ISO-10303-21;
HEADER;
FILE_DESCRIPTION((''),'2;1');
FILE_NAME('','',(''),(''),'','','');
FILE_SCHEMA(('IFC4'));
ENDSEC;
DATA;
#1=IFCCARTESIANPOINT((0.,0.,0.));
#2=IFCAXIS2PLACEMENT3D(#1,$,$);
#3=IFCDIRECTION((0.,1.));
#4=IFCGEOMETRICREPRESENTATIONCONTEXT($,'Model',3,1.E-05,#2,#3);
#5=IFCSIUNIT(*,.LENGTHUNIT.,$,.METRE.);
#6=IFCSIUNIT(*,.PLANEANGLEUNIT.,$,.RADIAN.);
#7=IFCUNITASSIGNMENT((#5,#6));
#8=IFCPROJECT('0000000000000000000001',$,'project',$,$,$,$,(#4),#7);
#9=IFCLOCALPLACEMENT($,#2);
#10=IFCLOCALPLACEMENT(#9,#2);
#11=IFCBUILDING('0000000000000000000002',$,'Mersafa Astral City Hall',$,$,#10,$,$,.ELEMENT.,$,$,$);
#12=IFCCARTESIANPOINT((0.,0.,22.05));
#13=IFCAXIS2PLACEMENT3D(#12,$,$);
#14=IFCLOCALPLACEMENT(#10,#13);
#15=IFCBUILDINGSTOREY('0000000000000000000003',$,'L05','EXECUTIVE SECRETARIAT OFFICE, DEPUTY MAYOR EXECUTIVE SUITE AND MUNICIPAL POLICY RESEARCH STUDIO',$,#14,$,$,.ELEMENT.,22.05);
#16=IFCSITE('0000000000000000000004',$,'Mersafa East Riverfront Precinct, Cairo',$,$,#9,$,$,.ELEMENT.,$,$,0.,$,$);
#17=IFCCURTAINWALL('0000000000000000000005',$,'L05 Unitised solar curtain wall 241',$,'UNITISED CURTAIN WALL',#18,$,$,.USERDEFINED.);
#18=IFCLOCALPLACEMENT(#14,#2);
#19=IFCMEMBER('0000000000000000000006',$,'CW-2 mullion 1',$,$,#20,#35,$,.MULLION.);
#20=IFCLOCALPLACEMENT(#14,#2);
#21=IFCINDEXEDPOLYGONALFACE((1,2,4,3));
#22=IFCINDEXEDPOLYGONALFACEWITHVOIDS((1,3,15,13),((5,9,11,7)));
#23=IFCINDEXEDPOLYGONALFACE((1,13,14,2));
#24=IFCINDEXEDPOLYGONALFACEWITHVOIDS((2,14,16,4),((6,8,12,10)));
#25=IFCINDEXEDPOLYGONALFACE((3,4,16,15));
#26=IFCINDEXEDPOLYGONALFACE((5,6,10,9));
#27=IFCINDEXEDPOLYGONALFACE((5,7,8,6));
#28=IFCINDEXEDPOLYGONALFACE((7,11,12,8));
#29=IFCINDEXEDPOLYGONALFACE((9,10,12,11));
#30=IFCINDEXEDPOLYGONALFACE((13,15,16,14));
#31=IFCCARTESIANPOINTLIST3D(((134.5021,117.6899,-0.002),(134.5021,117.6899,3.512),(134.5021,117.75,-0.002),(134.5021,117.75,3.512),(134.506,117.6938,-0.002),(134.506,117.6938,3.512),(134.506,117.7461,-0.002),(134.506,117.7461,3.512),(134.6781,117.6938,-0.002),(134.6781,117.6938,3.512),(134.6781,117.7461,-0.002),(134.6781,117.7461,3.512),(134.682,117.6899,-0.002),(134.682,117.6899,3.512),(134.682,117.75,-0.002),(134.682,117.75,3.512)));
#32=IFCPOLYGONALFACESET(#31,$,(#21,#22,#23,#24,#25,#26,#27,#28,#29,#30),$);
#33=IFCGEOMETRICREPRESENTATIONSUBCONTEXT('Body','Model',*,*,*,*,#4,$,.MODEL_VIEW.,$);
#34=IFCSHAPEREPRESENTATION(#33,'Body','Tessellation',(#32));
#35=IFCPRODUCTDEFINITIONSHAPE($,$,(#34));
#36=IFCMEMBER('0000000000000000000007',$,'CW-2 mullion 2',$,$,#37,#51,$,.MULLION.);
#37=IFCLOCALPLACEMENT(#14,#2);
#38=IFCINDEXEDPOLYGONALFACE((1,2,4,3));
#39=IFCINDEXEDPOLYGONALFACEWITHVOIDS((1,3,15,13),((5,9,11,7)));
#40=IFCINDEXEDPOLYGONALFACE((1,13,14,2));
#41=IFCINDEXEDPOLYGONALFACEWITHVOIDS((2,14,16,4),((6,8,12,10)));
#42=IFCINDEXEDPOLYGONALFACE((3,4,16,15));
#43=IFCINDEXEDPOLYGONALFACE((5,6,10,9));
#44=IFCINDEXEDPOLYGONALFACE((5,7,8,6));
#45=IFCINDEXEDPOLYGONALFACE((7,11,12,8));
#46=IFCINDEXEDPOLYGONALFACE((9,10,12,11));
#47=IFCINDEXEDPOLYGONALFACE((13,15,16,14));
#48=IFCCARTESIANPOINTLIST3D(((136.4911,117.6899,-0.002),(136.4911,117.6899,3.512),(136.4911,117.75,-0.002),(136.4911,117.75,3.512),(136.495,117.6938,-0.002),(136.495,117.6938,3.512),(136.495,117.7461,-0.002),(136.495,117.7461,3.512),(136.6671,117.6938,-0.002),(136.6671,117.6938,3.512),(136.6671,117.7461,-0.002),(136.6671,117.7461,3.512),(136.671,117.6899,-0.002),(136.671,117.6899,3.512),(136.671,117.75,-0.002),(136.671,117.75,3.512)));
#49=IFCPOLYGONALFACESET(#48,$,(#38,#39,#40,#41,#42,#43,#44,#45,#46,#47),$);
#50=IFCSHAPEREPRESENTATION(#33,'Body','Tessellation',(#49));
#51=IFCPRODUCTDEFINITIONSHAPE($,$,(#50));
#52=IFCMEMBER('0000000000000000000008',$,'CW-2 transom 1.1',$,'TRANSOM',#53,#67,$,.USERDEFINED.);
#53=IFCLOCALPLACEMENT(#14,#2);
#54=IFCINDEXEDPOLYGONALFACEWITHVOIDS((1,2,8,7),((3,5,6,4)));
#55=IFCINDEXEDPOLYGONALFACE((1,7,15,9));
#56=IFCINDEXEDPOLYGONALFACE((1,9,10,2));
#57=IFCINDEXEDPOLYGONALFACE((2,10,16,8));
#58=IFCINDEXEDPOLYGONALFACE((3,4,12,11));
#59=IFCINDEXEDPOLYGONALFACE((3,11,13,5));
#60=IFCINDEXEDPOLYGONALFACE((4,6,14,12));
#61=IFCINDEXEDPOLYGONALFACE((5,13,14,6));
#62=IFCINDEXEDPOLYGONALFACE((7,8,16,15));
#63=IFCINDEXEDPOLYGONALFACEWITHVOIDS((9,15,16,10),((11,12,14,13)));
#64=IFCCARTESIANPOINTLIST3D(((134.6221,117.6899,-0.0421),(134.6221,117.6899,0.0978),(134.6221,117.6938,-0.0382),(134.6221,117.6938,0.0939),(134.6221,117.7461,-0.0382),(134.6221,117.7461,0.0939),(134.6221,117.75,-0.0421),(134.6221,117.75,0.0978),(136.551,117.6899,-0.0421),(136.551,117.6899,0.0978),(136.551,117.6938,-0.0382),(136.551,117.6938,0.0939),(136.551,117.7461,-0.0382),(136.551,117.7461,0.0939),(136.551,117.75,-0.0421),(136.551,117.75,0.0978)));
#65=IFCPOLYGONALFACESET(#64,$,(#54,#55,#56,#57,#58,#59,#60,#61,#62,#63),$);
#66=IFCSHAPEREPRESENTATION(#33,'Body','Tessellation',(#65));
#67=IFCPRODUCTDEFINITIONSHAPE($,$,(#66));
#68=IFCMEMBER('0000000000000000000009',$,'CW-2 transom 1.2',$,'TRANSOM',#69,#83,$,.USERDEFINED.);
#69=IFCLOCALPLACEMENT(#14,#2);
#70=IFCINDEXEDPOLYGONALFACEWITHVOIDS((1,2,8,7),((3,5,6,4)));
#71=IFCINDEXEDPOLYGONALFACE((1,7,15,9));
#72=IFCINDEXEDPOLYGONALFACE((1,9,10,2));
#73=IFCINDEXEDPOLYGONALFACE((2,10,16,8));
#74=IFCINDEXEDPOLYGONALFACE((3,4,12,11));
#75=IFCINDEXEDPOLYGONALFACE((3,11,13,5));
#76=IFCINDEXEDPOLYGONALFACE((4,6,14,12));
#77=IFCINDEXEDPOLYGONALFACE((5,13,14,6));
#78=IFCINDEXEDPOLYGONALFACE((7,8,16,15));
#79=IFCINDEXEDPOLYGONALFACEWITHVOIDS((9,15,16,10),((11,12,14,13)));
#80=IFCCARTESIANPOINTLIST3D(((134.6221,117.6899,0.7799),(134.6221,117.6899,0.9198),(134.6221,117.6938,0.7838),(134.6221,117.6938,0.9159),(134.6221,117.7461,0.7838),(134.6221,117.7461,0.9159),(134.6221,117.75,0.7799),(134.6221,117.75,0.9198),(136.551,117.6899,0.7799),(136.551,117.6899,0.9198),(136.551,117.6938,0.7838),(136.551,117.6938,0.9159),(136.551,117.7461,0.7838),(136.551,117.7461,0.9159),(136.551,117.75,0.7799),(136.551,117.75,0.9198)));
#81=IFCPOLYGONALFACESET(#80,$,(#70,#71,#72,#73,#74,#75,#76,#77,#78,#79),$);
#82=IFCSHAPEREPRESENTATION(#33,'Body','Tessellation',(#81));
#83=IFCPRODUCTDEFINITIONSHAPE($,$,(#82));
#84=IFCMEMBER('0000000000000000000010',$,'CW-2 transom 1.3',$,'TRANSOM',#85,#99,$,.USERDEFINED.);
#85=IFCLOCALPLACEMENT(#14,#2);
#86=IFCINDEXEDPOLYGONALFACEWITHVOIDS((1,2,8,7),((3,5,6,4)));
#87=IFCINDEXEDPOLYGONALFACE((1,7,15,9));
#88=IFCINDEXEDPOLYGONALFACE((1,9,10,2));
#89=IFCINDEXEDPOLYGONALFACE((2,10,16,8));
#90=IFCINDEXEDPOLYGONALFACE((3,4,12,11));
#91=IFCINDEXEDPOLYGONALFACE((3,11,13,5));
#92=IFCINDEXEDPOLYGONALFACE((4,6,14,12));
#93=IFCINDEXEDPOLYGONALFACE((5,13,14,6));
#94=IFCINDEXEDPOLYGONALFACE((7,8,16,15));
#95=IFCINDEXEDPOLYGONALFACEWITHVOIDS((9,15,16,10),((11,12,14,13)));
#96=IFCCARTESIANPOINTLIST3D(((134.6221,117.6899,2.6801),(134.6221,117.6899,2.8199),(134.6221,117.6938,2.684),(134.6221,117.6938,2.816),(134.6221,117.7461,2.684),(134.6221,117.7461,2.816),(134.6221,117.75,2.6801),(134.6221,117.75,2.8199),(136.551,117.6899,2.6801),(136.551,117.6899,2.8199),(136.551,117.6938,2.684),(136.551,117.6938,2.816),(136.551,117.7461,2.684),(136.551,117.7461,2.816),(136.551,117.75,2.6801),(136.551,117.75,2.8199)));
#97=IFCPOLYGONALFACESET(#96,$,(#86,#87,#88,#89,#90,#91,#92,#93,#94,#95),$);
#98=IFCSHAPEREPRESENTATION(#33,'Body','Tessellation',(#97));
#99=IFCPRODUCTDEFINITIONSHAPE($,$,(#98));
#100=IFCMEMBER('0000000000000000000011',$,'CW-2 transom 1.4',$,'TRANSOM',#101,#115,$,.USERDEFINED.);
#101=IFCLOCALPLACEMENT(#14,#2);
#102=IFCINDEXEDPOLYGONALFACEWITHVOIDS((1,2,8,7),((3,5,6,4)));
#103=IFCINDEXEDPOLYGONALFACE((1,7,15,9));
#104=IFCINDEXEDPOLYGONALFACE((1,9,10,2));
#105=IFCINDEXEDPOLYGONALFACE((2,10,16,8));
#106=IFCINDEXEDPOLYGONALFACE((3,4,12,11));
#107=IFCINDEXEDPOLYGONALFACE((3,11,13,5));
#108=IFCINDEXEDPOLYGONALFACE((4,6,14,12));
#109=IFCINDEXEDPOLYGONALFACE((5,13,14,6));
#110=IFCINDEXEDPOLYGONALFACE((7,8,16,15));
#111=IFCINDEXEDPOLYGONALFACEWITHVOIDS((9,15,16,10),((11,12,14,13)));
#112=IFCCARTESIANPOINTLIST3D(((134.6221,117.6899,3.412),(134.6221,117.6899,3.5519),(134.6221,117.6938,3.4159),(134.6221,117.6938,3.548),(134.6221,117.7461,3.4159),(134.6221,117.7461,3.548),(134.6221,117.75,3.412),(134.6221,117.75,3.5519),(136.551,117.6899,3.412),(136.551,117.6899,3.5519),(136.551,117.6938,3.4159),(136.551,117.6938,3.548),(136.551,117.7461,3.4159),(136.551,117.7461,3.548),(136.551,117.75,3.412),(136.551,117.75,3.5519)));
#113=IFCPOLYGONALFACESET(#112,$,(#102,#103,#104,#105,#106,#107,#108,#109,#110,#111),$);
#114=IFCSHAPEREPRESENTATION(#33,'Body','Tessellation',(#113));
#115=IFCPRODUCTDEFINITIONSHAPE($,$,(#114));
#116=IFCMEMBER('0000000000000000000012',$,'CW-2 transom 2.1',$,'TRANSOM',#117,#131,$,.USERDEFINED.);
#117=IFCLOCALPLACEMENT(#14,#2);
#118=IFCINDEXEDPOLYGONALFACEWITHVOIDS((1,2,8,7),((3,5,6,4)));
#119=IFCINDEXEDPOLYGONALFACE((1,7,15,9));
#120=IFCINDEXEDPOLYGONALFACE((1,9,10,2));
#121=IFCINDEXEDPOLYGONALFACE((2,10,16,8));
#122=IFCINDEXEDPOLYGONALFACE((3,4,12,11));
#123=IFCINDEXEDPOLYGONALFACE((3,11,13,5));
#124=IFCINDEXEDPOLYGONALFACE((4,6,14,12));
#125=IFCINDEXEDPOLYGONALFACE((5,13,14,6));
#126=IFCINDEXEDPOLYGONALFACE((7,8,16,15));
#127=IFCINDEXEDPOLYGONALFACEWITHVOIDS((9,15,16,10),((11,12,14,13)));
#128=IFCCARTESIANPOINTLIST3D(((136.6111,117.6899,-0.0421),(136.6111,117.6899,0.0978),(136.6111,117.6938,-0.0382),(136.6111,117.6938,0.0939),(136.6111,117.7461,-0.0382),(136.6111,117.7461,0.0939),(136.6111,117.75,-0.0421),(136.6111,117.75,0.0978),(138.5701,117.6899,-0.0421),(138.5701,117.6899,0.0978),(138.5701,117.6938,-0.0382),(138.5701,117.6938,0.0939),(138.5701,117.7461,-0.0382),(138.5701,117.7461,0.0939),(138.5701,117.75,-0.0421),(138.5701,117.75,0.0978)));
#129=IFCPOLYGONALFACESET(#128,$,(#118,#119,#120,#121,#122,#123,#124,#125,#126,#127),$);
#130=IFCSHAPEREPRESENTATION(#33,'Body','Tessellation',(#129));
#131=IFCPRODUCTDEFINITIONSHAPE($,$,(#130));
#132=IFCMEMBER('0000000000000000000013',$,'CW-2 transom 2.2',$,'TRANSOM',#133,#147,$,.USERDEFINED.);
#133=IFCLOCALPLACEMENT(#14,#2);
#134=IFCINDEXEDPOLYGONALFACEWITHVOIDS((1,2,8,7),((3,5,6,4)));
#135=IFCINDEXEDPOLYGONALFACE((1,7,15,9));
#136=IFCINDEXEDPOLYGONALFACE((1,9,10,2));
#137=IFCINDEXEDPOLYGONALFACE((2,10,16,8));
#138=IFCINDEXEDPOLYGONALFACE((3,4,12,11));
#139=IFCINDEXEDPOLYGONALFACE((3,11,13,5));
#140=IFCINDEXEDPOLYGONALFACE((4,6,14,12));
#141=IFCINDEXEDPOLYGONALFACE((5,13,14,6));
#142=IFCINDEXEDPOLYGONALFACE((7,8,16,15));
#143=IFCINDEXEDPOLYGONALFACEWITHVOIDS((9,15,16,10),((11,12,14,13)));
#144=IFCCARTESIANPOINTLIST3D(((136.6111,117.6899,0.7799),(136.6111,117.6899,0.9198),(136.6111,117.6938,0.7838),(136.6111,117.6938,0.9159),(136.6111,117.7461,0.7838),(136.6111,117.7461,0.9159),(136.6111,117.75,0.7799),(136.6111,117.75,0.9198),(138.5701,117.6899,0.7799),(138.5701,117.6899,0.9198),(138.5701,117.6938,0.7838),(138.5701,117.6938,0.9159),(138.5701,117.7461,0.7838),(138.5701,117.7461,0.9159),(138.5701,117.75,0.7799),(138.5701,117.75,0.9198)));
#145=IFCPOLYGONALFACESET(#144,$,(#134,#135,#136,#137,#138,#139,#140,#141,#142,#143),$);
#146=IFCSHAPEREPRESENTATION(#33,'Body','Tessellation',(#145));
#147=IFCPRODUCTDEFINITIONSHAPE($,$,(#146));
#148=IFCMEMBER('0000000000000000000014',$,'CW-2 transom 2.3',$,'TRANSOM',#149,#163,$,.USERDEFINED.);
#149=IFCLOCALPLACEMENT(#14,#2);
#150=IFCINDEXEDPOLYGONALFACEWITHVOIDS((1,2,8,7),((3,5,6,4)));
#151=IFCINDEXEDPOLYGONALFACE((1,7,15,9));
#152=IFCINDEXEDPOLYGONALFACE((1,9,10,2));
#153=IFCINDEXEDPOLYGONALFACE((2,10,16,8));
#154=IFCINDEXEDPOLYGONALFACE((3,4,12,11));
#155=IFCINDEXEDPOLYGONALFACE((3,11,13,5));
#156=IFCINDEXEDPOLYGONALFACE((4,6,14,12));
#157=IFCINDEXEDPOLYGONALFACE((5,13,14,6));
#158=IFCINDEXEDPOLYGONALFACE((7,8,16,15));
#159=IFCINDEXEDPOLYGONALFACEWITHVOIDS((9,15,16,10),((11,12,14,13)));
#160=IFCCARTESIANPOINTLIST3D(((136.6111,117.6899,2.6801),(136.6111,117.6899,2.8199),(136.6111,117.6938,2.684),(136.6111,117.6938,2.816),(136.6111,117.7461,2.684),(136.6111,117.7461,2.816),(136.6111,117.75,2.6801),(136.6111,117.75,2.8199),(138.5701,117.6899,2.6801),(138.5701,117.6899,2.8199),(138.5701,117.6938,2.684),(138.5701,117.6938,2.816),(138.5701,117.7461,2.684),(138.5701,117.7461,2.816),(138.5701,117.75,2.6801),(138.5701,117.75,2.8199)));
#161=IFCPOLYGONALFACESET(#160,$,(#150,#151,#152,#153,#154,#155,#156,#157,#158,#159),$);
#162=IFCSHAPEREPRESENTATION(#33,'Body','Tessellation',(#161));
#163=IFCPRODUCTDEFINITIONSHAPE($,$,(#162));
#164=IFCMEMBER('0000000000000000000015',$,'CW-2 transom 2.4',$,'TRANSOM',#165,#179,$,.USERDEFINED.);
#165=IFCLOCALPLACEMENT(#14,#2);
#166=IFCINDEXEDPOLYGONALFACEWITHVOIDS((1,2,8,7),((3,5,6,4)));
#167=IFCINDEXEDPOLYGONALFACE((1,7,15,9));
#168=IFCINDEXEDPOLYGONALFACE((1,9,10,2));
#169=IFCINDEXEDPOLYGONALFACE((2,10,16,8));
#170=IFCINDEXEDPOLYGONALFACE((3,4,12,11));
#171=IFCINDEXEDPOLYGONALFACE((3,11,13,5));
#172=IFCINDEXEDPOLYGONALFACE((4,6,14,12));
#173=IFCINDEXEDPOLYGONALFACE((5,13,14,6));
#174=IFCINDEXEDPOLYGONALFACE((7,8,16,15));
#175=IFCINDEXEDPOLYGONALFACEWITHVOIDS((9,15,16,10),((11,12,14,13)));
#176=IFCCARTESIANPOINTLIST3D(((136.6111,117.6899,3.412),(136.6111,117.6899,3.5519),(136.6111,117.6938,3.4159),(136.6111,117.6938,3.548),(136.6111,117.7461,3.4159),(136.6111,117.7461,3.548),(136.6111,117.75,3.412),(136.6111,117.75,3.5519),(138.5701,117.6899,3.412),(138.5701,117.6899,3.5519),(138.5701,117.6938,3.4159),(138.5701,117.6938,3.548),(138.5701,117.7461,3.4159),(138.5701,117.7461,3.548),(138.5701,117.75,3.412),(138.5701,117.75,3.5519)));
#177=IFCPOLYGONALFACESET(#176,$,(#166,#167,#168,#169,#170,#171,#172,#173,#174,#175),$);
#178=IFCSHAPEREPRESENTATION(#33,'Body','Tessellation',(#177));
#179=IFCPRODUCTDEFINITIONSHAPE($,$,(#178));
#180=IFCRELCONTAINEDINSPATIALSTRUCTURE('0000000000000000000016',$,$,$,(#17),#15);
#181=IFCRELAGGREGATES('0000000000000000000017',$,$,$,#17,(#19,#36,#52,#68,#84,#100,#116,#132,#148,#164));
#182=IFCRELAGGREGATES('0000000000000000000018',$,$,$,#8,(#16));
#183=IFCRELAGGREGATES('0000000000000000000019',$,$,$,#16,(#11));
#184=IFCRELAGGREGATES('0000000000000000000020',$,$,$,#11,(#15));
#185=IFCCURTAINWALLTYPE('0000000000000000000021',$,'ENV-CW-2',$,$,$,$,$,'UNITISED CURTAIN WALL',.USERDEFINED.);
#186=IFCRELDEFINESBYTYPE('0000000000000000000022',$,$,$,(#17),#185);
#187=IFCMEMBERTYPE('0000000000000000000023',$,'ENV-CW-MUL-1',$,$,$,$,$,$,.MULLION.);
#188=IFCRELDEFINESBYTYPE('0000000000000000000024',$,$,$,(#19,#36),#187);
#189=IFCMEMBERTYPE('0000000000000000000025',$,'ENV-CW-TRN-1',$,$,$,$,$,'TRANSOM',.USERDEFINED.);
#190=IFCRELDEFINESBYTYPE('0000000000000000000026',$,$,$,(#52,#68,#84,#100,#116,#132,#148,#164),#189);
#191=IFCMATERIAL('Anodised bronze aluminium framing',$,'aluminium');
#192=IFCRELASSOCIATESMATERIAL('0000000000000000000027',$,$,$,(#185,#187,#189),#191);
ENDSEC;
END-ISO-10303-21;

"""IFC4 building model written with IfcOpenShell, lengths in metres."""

from ifc_helpers import new_model, si_unit, direction, frame, origin, origin_2d, place, context, subcontext, project, spatial, hollow_rectangle, extrude, material, material_profile, profile_set, type_object, element, aggregate, save


model = new_model("IFC4")

# Units and contexts
model_context = context("Model", 3, precision=1e-05, world=origin(), true_north=direction((0.0, 1.0)))
body_context = subcontext(model_context, "Body", "Model", "MODEL_VIEW")
ifc_project = project(units=[si_unit("LENGTHUNIT", "METRE"), si_unit("PLANEANGLEUNIT", "RADIAN")], contexts=[model_context])

# Site, building, storey
site_placement = place(None, origin())
site = spatial("IfcSite", under=ifc_project, at=site_placement, Name="Mersafa East Riverfront Precinct, Cairo", CompositionType="ELEMENT", RefElevation=0.0)
building_placement = place(site_placement, origin())
building = spatial("IfcBuilding", under=site, at=building_placement, Name="Mersafa Astral City Hall", CompositionType="ELEMENT")
storey_placement = place(building_placement, frame((0.0, 0.0, 22.05)))
storey = spatial("IfcBuildingStorey", under=building, at=storey_placement, Name="L05", Description="EXECUTIVE SECRETARIAT OFFICE, DEPUTY MAYOR EXECUTIVE SUITE AND MUNICIPAL POLICY RESEARCH STUDIO", CompositionType="ELEMENT", Elevation=22.05)

# Curtain wall, members
ifc_material_1 = material(Name="Anodised bronze aluminium framing", Category="aluminium")
curtain_wall_type = type_object("IfcCurtainWallType", Name="ENV-CW-2", ElementType="UNITISED CURTAIN WALL", PredefinedType="USERDEFINED", material=ifc_material_1)
curtain_wall_placement = place(storey_placement, origin())
curtain_wall = element("IfcCurtainWall", 1, at=curtain_wall_placement, inside=storey, type_object=curtain_wall_type, Name="L05 Unitised solar curtain wall 241", ObjectType="UNITISED CURTAIN WALL", PredefinedType="USERDEFINED")
ifc_material_profile_1 = material_profile(ifc_material_1, hollow_rectangle(XDim=0.0601, YDim=0.1799, WallThickness=0.0039, at=origin_2d()), Name="RHS 60x180x4")
ifc_profile_set_1 = profile_set([ifc_material_profile_1], Name="Anodised bronze aluminium framing")
member_type_1 = type_object("IfcMemberType", Name="ENV-CW-MUL-1", PredefinedType="MULLION", material=ifc_profile_set_1)
member_1_placement = place(storey_placement, frame((134.592, 117.72, -0.002), z_axis=(0.0, 0.0, 1.0), x_axis=(0.0, 1.0, 0.0)))
member_1 = element("IfcMember", 2, at=member_1_placement, type_object=member_type_1, Name="CW-2 mullion 1", PredefinedType="MULLION", context=body_context, shape_type="SweptSolid", body=[
    extrude(hollow_rectangle(XDim=0.0601, YDim=0.1799, WallThickness=0.0039, at=origin_2d()), origin(), (0.0, 0.0, 1.0), 3.5139),
])
member_2_placement = place(storey_placement, frame((136.5811, 117.72, -0.002), z_axis=(0.0, 0.0, 1.0), x_axis=(0.0, 1.0, 0.0)))
member_2 = element("IfcMember", 3, at=member_2_placement, type_object=member_type_1, Name="CW-2 mullion 2", PredefinedType="MULLION", context=body_context, shape_type="SweptSolid", body=[
    extrude(hollow_rectangle(XDim=0.0601, YDim=0.1799, WallThickness=0.0039, at=origin_2d()), origin(), (0.0, 0.0, 1.0), 3.5139),
])
ifc_material_profile_2 = material_profile(ifc_material_1, hollow_rectangle(XDim=0.0601, YDim=0.1399, WallThickness=0.0039, at=origin_2d()), Name="RHS 60x140x4")
ifc_profile_set_2 = profile_set([ifc_material_profile_2], Name="Anodised bronze aluminium framing")
member_type_2 = type_object("IfcMemberType", Name="ENV-CW-TRN-1", ElementType="TRANSOM", PredefinedType="USERDEFINED", material=ifc_profile_set_2)
member_3_placement = place(storey_placement, frame((134.6221, 117.72, 0.0278), z_axis=(1.0, 0.0, 0.0), x_axis=(0.0, 1.0, 0.0)))
member_3 = element("IfcMember", 4, at=member_3_placement, type_object=member_type_2, Name="CW-2 transom 1.1", ObjectType="TRANSOM", PredefinedType="USERDEFINED", context=body_context, shape_type="SweptSolid", body=[
    extrude(hollow_rectangle(XDim=0.0601, YDim=0.1399, WallThickness=0.0039, at=origin_2d()), origin(), (0.0, 0.0, 1.0), 1.929),
])
member_4_placement = place(storey_placement, frame((134.6221, 117.72, 0.8499), z_axis=(1.0, 0.0, 0.0), x_axis=(0.0, 1.0, 0.0)))
member_4 = element("IfcMember", 5, at=member_4_placement, type_object=member_type_2, Name="CW-2 transom 1.2", ObjectType="TRANSOM", PredefinedType="USERDEFINED", context=body_context, shape_type="SweptSolid", body=[
    extrude(hollow_rectangle(XDim=0.0601, YDim=0.1399, WallThickness=0.0039, at=origin_2d()), origin(), (0.0, 0.0, 1.0), 1.929),
])
member_5_placement = place(storey_placement, frame((134.6221, 117.72, 2.75), z_axis=(1.0, 0.0, 0.0), x_axis=(0.0, 1.0, 0.0)))
member_5 = element("IfcMember", 6, at=member_5_placement, type_object=member_type_2, Name="CW-2 transom 1.3", ObjectType="TRANSOM", PredefinedType="USERDEFINED", context=body_context, shape_type="SweptSolid", body=[
    extrude(hollow_rectangle(XDim=0.0601, YDim=0.1399, WallThickness=0.0039, at=origin_2d()), origin(), (0.0, 0.0, 1.0), 1.929),
])
member_6_placement = place(storey_placement, frame((134.6221, 117.72, 3.4819), z_axis=(1.0, 0.0, 0.0), x_axis=(0.0, 1.0, 0.0)))
member_6 = element("IfcMember", 7, at=member_6_placement, type_object=member_type_2, Name="CW-2 transom 1.4", ObjectType="TRANSOM", PredefinedType="USERDEFINED", context=body_context, shape_type="SweptSolid", body=[
    extrude(hollow_rectangle(XDim=0.0601, YDim=0.1399, WallThickness=0.0039, at=origin_2d()), origin(), (0.0, 0.0, 1.0), 1.929),
])
member_7_placement = place(storey_placement, frame((136.6111, 117.72, 0.0278), z_axis=(1.0, 0.0, 0.0), x_axis=(0.0, 1.0, 0.0)))
member_7 = element("IfcMember", 8, at=member_7_placement, type_object=member_type_2, Name="CW-2 transom 2.1", ObjectType="TRANSOM", PredefinedType="USERDEFINED", context=body_context, shape_type="SweptSolid", body=[
    extrude(hollow_rectangle(XDim=0.0601, YDim=0.1399, WallThickness=0.0039, at=origin_2d()), origin(), (0.0, 0.0, 1.0), 1.959),
])
member_8_placement = place(storey_placement, frame((136.6111, 117.72, 0.8499), z_axis=(1.0, 0.0, 0.0), x_axis=(0.0, 1.0, 0.0)))
member_8 = element("IfcMember", 9, at=member_8_placement, type_object=member_type_2, Name="CW-2 transom 2.2", ObjectType="TRANSOM", PredefinedType="USERDEFINED", context=body_context, shape_type="SweptSolid", body=[
    extrude(hollow_rectangle(XDim=0.0601, YDim=0.1399, WallThickness=0.0039, at=origin_2d()), origin(), (0.0, 0.0, 1.0), 1.959),
])
member_9_placement = place(storey_placement, frame((136.6111, 117.72, 2.75), z_axis=(1.0, 0.0, 0.0), x_axis=(0.0, 1.0, 0.0)))
member_9 = element("IfcMember", 10, at=member_9_placement, type_object=member_type_2, Name="CW-2 transom 2.3", ObjectType="TRANSOM", PredefinedType="USERDEFINED", context=body_context, shape_type="SweptSolid", body=[
    extrude(hollow_rectangle(XDim=0.0601, YDim=0.1399, WallThickness=0.0039, at=origin_2d()), origin(), (0.0, 0.0, 1.0), 1.959),
])
member_10_placement = place(storey_placement, frame((136.6111, 117.72, 3.4819), z_axis=(1.0, 0.0, 0.0), x_axis=(0.0, 1.0, 0.0)))
member_10 = element("IfcMember", 11, at=member_10_placement, type_object=member_type_2, Name="CW-2 transom 2.4", ObjectType="TRANSOM", PredefinedType="USERDEFINED", context=body_context, shape_type="SweptSolid", body=[
    extrude(hollow_rectangle(XDim=0.0601, YDim=0.1399, WallThickness=0.0039, at=origin_2d()), origin(), (0.0, 0.0, 1.0), 1.959),
])

aggregate(curtain_wall, [member_1, member_2, member_3, member_4, member_5, member_6, member_7, member_8, member_9, member_10])

save(model, "model.ifc")
